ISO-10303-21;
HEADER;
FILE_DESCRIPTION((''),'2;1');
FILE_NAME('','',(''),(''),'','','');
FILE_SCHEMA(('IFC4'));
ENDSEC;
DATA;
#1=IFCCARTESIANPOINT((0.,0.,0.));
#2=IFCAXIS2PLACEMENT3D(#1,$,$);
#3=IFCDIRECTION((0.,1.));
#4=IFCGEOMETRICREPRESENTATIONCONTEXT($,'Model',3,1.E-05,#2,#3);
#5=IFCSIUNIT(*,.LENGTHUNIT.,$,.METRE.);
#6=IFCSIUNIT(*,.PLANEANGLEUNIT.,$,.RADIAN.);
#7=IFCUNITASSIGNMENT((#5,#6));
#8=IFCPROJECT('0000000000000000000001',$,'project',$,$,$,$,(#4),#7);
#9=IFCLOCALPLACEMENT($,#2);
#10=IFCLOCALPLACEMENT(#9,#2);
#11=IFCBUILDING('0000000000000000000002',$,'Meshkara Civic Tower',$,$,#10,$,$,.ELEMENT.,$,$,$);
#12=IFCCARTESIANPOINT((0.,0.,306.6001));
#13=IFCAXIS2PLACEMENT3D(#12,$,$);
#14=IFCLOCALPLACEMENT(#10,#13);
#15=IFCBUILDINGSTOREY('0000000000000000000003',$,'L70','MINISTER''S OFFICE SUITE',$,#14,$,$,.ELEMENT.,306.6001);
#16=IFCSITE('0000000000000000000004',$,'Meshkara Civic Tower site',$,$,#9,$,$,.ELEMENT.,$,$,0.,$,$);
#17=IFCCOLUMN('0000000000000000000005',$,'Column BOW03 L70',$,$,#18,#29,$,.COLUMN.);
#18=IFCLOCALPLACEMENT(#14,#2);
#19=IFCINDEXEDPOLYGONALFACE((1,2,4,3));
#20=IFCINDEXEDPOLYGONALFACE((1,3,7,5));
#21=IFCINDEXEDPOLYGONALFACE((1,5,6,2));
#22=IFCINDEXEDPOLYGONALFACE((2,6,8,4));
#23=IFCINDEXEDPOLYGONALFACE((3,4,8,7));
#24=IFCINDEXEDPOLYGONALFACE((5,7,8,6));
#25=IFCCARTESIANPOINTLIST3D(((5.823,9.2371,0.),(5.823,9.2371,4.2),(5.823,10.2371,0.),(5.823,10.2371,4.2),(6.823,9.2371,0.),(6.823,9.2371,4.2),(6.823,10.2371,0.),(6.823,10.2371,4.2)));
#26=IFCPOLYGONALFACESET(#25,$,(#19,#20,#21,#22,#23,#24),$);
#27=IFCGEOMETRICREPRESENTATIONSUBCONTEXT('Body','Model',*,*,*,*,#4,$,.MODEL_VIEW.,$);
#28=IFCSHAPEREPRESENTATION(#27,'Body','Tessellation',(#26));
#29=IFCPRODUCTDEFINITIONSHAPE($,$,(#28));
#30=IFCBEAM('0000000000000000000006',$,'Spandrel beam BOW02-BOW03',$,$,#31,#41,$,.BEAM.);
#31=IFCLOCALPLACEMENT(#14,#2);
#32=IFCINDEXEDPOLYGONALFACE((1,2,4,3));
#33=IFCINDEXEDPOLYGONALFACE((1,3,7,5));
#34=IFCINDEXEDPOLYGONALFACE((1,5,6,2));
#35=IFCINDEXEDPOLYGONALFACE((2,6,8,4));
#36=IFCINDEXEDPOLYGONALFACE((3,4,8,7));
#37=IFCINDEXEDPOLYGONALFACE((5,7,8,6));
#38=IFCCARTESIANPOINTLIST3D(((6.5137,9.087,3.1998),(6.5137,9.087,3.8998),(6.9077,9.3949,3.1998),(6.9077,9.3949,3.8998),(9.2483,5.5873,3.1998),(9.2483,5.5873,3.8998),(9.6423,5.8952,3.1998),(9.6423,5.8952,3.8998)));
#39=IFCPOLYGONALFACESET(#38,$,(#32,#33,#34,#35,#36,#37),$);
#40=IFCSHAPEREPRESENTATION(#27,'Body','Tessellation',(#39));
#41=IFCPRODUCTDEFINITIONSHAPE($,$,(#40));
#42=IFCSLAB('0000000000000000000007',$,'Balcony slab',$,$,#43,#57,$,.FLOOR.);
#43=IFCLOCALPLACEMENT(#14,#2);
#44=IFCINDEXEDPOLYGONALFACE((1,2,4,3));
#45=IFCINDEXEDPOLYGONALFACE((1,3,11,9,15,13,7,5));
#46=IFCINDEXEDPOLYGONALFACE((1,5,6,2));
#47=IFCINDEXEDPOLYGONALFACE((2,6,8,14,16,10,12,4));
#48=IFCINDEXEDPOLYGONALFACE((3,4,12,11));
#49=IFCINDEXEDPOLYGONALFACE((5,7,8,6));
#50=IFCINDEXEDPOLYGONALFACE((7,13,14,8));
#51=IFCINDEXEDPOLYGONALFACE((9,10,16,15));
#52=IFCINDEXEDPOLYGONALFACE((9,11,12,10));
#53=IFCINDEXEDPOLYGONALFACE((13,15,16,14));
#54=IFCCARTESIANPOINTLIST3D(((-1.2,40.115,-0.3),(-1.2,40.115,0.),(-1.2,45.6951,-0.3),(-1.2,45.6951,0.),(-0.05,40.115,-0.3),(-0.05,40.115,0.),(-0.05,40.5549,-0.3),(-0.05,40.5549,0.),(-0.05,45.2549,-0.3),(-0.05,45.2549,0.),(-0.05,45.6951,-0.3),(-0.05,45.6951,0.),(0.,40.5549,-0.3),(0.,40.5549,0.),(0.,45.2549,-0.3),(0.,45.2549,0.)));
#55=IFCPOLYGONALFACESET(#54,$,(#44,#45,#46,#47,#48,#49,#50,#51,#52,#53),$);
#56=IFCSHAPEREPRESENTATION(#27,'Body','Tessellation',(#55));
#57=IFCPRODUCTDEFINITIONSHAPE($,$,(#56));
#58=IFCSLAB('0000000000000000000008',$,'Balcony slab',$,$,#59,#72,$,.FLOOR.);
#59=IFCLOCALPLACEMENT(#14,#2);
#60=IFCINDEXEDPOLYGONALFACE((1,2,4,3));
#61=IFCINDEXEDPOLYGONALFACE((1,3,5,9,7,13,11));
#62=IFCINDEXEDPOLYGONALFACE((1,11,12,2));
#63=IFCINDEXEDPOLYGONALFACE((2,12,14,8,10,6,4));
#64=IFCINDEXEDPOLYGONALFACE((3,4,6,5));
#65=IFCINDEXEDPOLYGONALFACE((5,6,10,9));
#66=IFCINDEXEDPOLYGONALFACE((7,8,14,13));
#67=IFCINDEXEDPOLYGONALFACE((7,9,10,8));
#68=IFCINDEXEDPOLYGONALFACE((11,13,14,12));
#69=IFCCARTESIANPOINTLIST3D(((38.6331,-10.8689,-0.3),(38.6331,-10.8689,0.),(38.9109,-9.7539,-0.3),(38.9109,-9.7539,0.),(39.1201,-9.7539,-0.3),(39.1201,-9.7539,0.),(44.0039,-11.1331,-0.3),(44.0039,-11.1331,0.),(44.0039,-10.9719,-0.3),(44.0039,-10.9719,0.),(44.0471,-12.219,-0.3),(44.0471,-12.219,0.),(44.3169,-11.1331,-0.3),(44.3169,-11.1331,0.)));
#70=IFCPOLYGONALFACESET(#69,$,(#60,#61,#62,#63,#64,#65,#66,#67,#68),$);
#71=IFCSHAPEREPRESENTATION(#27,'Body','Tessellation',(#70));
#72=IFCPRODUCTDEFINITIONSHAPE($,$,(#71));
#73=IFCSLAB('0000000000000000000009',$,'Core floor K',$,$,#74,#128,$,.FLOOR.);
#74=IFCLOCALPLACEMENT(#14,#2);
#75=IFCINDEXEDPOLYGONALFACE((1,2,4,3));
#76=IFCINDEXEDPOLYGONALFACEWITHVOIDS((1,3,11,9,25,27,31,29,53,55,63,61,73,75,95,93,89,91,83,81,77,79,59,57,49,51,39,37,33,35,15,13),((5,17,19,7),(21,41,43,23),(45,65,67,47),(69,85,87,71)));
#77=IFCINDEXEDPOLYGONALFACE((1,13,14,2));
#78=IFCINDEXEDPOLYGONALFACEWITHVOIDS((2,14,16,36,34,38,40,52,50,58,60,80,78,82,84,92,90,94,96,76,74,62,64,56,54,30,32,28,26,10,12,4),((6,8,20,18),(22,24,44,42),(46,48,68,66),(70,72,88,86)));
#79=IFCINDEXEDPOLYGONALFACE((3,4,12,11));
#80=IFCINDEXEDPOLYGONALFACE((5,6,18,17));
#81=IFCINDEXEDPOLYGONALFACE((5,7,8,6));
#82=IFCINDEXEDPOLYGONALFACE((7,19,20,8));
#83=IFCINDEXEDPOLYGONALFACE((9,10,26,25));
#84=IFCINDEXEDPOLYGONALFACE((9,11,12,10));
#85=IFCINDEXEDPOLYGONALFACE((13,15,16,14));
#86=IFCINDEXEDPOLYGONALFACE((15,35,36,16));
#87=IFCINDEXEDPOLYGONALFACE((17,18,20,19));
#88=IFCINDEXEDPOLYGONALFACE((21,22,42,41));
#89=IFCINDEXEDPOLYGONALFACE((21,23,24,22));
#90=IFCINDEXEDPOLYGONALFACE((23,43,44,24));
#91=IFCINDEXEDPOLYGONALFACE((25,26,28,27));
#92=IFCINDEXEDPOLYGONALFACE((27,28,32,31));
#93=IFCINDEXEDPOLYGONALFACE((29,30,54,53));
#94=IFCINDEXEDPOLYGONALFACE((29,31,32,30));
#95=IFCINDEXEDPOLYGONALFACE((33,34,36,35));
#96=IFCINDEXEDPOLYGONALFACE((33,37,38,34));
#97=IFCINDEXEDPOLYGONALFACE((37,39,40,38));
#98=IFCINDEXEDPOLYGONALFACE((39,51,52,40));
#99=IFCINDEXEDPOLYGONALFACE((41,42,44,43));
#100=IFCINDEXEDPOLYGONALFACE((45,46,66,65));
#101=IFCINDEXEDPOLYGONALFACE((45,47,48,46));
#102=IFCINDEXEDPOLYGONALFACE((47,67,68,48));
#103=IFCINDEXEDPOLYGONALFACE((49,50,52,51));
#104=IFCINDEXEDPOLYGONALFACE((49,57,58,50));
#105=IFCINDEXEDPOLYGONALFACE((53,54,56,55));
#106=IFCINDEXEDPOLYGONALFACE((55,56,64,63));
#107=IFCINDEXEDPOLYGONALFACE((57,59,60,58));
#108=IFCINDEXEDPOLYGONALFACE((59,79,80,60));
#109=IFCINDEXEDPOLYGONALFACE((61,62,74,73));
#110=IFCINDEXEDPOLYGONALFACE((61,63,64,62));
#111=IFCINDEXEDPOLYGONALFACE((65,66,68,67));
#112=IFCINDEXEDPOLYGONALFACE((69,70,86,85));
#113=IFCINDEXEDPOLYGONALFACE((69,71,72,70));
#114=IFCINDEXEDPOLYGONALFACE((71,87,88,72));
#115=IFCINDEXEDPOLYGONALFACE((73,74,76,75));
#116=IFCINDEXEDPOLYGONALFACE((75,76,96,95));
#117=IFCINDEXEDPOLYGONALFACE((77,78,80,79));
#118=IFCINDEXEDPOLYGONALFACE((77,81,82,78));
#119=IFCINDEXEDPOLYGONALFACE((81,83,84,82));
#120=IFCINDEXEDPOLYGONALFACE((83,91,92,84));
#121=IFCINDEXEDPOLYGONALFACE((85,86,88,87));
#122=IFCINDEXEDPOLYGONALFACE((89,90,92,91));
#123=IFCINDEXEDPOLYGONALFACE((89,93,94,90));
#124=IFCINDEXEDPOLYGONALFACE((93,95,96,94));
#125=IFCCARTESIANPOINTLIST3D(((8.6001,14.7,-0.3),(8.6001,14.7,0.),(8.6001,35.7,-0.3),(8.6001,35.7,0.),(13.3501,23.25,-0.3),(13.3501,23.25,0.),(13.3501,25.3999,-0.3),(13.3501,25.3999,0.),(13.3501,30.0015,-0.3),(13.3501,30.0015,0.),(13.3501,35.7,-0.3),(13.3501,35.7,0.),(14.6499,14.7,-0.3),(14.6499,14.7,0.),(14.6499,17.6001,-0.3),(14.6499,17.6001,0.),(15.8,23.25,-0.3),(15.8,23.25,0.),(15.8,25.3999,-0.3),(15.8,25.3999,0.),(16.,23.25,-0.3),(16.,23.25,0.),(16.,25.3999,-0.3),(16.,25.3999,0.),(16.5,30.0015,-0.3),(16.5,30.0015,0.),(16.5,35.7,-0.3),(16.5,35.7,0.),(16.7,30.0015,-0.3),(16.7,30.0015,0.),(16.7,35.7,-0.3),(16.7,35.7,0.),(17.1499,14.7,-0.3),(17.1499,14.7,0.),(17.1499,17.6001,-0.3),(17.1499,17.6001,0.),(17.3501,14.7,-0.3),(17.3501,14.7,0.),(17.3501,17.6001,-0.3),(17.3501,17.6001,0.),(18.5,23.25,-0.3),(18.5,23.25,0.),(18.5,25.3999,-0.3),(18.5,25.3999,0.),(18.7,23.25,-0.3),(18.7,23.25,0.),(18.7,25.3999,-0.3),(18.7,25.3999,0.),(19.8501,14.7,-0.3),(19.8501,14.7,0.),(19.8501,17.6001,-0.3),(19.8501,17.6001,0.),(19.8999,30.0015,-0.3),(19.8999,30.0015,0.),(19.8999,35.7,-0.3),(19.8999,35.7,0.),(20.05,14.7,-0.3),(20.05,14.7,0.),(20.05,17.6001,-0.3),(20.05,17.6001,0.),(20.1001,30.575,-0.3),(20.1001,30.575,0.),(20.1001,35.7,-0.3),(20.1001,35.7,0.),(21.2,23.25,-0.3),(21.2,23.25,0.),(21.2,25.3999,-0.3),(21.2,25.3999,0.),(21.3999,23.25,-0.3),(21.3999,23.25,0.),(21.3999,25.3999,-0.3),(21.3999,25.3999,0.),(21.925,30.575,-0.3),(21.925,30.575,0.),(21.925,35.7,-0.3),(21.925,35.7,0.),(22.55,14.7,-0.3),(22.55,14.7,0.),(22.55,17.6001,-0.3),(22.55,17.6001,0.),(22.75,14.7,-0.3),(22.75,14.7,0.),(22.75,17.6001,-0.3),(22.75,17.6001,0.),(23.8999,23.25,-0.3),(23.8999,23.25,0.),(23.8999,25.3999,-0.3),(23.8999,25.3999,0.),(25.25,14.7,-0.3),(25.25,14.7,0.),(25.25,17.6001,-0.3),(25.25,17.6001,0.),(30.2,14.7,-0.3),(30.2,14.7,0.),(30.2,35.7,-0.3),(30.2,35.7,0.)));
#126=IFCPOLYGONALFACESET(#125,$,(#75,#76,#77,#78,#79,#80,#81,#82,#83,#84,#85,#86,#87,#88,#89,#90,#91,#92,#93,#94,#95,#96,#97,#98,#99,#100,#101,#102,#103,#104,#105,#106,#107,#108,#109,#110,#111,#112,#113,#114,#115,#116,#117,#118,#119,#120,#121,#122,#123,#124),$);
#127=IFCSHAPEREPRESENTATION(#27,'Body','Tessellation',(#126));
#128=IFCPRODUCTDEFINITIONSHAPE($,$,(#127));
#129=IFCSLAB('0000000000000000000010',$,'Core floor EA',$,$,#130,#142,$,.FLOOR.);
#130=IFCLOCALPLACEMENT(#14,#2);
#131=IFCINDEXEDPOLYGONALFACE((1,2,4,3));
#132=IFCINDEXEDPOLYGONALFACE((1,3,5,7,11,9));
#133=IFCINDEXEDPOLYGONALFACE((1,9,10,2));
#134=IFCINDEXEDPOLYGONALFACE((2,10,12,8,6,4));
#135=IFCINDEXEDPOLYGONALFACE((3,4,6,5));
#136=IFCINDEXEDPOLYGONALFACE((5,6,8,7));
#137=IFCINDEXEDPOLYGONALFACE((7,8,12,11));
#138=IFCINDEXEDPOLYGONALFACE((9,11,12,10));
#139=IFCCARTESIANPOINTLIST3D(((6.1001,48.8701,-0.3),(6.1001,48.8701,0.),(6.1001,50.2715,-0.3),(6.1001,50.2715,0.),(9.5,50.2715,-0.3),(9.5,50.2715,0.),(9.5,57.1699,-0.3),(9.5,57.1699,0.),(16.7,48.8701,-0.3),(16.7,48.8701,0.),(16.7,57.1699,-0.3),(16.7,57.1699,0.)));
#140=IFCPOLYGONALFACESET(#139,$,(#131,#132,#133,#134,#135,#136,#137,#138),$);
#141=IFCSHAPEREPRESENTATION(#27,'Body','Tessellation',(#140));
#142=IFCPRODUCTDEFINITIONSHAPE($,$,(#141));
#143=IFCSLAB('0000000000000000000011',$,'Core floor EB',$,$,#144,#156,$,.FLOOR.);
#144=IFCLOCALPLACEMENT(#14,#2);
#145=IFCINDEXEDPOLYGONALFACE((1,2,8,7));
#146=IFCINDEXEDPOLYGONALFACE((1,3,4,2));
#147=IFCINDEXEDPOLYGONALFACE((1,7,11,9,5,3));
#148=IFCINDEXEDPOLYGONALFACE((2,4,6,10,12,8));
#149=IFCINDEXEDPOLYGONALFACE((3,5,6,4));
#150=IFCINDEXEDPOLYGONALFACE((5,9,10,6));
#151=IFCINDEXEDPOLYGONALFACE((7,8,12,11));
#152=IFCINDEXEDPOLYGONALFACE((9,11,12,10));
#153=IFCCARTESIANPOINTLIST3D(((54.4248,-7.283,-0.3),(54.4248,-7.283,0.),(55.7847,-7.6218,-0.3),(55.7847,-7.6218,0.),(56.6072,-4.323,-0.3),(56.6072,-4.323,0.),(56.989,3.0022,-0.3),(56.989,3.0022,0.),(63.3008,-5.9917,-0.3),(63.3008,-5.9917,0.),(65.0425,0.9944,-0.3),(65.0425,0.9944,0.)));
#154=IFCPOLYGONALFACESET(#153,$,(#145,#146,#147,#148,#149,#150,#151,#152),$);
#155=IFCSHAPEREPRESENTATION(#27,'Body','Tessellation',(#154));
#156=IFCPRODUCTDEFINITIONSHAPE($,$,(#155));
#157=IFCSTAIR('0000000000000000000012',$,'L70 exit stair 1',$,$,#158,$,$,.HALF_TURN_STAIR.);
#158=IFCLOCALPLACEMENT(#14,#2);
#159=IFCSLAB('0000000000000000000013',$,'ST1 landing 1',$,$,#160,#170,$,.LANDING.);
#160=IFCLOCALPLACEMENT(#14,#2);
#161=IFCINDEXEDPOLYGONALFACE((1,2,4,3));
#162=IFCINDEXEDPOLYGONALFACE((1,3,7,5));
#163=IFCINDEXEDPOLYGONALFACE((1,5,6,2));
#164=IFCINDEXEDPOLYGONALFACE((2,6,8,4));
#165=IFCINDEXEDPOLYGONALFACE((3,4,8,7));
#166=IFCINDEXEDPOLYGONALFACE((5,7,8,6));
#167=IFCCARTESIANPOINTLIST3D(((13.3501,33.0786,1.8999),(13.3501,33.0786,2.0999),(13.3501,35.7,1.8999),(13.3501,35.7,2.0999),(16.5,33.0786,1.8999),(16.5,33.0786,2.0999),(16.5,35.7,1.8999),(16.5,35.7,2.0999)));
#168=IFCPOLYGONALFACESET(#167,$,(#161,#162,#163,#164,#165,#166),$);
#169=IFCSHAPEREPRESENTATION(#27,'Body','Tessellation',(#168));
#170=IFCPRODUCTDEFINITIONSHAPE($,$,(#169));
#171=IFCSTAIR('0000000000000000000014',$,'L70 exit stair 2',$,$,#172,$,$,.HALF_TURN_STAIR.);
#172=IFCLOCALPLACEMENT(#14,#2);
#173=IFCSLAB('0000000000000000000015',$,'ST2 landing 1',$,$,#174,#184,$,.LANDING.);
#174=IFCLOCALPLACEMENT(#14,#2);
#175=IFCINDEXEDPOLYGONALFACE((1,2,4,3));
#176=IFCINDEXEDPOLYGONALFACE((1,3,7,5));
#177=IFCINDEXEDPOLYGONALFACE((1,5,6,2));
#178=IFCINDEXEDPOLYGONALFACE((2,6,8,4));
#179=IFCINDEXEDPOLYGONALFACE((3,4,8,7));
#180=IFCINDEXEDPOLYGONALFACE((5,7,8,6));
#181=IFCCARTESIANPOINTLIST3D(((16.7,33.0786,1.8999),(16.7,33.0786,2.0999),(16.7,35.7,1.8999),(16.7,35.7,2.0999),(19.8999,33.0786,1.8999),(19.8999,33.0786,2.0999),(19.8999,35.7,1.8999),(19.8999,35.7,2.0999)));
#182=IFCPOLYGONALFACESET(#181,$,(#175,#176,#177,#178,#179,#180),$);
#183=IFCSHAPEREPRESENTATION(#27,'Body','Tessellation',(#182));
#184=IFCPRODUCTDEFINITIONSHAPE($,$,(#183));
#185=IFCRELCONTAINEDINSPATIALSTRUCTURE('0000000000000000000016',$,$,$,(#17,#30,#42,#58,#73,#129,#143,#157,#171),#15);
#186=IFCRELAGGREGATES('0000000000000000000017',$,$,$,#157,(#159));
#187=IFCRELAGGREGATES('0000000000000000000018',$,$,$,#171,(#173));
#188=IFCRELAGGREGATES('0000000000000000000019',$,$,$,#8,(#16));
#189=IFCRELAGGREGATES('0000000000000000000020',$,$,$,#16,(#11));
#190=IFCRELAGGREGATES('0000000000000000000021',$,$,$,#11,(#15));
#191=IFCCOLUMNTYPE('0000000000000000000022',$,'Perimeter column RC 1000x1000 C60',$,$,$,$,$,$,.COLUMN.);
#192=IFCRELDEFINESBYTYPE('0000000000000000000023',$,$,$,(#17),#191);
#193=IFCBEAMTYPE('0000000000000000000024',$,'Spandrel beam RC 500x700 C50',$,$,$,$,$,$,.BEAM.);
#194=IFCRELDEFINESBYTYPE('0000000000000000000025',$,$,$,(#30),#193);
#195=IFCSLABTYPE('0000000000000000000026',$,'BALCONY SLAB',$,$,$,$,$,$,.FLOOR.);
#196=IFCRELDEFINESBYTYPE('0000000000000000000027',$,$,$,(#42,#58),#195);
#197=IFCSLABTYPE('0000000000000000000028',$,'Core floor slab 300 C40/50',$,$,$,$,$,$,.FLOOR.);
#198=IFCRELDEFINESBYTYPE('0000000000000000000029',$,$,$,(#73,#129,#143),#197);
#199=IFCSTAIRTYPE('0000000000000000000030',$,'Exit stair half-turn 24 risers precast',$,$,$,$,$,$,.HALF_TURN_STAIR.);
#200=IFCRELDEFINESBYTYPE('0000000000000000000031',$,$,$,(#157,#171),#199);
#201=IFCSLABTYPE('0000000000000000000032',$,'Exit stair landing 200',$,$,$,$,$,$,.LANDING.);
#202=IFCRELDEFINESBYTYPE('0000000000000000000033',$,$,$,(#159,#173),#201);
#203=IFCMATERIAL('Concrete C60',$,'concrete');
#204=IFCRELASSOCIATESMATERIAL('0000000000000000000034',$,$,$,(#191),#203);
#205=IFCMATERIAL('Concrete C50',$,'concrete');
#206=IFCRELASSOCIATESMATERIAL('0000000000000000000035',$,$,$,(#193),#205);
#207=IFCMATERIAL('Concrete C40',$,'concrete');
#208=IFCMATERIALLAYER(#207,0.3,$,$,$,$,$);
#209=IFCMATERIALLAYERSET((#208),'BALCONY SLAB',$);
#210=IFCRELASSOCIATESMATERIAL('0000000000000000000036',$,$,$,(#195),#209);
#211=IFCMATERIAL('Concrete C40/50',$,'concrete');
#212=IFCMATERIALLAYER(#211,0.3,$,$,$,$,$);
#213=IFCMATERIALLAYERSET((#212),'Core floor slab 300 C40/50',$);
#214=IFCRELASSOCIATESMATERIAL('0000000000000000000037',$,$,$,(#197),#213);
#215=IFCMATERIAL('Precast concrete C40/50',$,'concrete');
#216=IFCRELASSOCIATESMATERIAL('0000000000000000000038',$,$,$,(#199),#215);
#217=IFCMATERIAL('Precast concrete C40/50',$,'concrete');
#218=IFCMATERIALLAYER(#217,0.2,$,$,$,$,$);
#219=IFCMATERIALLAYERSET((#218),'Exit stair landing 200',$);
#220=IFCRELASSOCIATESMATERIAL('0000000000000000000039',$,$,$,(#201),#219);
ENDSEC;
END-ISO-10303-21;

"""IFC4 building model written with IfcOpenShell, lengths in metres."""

from ifc_helpers import new_model, si_unit, direction, frame, origin, origin_2d, place, context, subcontext, project, spatial, polyline, rectangle, outline, extrude, material, layer, layer_set, material_profile, profile_set, type_object, element, aggregate, save


model = new_model("IFC4")

# Units and contexts
model_context = context("Model", 3, precision=1e-05, world=origin(), true_north=direction((0.0, 1.0)))
body_context = subcontext(model_context, "Body", "Model", "MODEL_VIEW")
ifc_project = project(units=[si_unit("LENGTHUNIT", "METRE"), si_unit("PLANEANGLEUNIT", "RADIAN")], contexts=[model_context])

# Site, building, storey
site_placement = place(None, origin())
site = spatial("IfcSite", under=ifc_project, at=site_placement, Name="Meshkara Civic Tower site", CompositionType="ELEMENT", RefElevation=0.0)
building_placement = place(site_placement, origin())
building = spatial("IfcBuilding", under=site, at=building_placement, Name="Meshkara Civic Tower", CompositionType="ELEMENT")
storey_placement = place(building_placement, frame((0.0, 0.0, 306.6001)))
storey = spatial("IfcBuildingStorey", under=building, at=storey_placement, Name="L70", Description="MINISTER'S OFFICE SUITE", CompositionType="ELEMENT", Elevation=306.6001)

# Column
ifc_material_1 = material(Name="Concrete C60", Category="concrete")
ifc_material_profile_1 = material_profile(ifc_material_1, rectangle(XDim=1.0, YDim=1.0, at=origin_2d()))
ifc_profile_set_1 = profile_set([ifc_material_profile_1], Name="Concrete C60")
column_type = type_object("IfcColumnType", Name="Perimeter column RC 1000x1000 C60", PredefinedType="COLUMN", material=ifc_profile_set_1)
column_placement = place(storey_placement, frame((6.323, 9.7371, 0.0), z_axis=(0.0, 0.0, 1.0), x_axis=(1.0, 0.0, 0.0)))
element("IfcColumn", 1, at=column_placement, inside=storey, type_object=column_type, Name="Column BOW03 L70", PredefinedType="COLUMN", context=body_context, shape_type="SweptSolid", body=[
    extrude(rectangle(XDim=1.0, YDim=1.0, at=origin_2d()), origin(), (0.0, 0.0, 1.0), 4.2),
])

# Beam
ifc_material_2 = material(Name="Concrete C50", Category="concrete")
ifc_material_profile_2 = material_profile(ifc_material_2, rectangle(XDim=0.5, YDim=0.7, at=origin_2d()))
ifc_profile_set_2 = profile_set([ifc_material_profile_2], Name="Concrete C50")
beam_type = type_object("IfcBeamType", Name="Spandrel beam RC 500x700 C50", PredefinedType="BEAM", material=ifc_profile_set_2)
beam_placement = place(storey_placement, frame((6.7107, 9.241, 3.5498), z_axis=(0.615705, -0.787977, 0.0), x_axis=(0.787977, 0.615705, 0.0)))
element("IfcBeam", 2, at=beam_placement, inside=storey, type_object=beam_type, Name="Spandrel beam BOW02-BOW03", PredefinedType="BEAM", context=body_context, shape_type="SweptSolid", body=[
    extrude(rectangle(XDim=0.5, YDim=0.7, at=origin_2d()), origin(), (0.0, 0.0, 1.0), 4.4414),
])

# Slabs
ifc_material_3 = material(Name="Concrete C40", Category="concrete")
ifc_layer_1 = layer(ifc_material_3, 0.3)
ifc_layer_set_1 = layer_set([ifc_layer_1], Name="BALCONY SLAB")
slab_type_1 = type_object("IfcSlabType", Name="BALCONY SLAB", PredefinedType="FLOOR", material=ifc_layer_set_1)
slab_1_placement = place(storey_placement, frame((0.0, 0.0, -0.3)))
element("IfcSlab", 3, at=slab_1_placement, inside=storey, type_object=slab_type_1, Name="Balcony slab", PredefinedType="FLOOR", context=body_context, shape_type="SweptSolid", body=[
    extrude(outline(polyline([(-1.2, 40.115), (-1.2, 45.6951), (-0.05, 45.6951), (-0.05, 45.2549), (0.0, 45.2549), (0.0, 40.5549), (-0.05, 40.5549), (-0.05, 40.115), (-1.2, 40.115)])), origin(), (0.0, 0.0, 1.0), 0.3),
])
slab_2_placement = place(storey_placement, frame((0.0, 0.0, -0.3)))
element("IfcSlab", 4, at=slab_2_placement, inside=storey, type_object=slab_type_1, Name="Balcony slab", PredefinedType="FLOOR", context=body_context, shape_type="SweptSolid", body=[
    extrude(outline(polyline([(44.0471, -12.219), (38.6331, -10.8689), (38.9109, -9.7539), (39.1201, -9.7539), (44.0039, -10.9719), (44.0039, -11.1331), (44.3169, -11.1331), (44.0471, -12.219)])), origin(), (0.0, 0.0, 1.0), 0.3),
])
ifc_material_4 = material(Name="Concrete C40/50", Category="concrete")
ifc_layer_2 = layer(ifc_material_4, 0.3)
ifc_layer_set_2 = layer_set([ifc_layer_2], Name="Core floor slab 300 C40/50")
slab_type_2 = type_object("IfcSlabType", Name="Core floor slab 300 C40/50", PredefinedType="FLOOR", material=ifc_layer_set_2)
slab_3_placement = place(storey_placement, frame((0.0, 0.0, -0.3)))
element("IfcSlab", 5, at=slab_3_placement, inside=storey, type_object=slab_type_2, Name="Core floor K", PredefinedType="FLOOR", context=body_context, shape_type="SweptSolid", body=[
    extrude(outline(polyline([(8.6001, 35.7), (13.3501, 35.7), (13.3501, 30.0015), (16.5, 30.0015), (16.5, 35.7), (16.7, 35.7), (16.7, 30.0015), (19.8999, 30.0015), (19.8999, 35.7), (20.1001, 35.7), (20.1001, 30.575), (21.925, 30.575), (21.925, 35.7), (30.2, 35.7), (30.2, 14.7), (25.25, 14.7), (25.25, 17.6001), (22.75, 17.6001), (22.75, 14.7), (22.55, 14.7), (22.55, 17.6001), (20.05, 17.6001), (20.05, 14.7), (19.8501, 14.7), (19.8501, 17.6001), (17.3501, 17.6001), (17.3501, 14.7), (17.1499, 14.7), (17.1499, 17.6001), (14.6499, 17.6001), (14.6499, 14.7), (8.6001, 14.7), (8.6001, 35.7)]), holes=[polyline([(13.3501, 23.25), (15.8, 23.25), (15.8, 25.3999), (13.3501, 25.3999), (13.3501, 23.25)]), polyline([(18.5, 23.25), (18.5, 25.3999), (16.0, 25.3999), (16.0, 23.25), (18.5, 23.25)]), polyline([(18.7, 23.25), (21.2, 23.25), (21.2, 25.3999), (18.7, 25.3999), (18.7, 23.25)]), polyline([(23.8999, 23.25), (23.8999, 25.3999), (21.3999, 25.3999), (21.3999, 23.25), (23.8999, 23.25)])]), origin(), (0.0, 0.0, 1.0), 0.3),
])
slab_4_placement = place(storey_placement, frame((0.0, 0.0, -0.3)))
element("IfcSlab", 6, at=slab_4_placement, inside=storey, type_object=slab_type_2, Name="Core floor EA", PredefinedType="FLOOR", context=body_context, shape_type="SweptSolid", body=[
    extrude(outline(polyline([(16.7, 48.8701), (16.7, 57.1699), (9.5, 57.1699), (9.5, 50.2715), (6.1001, 50.2715), (6.1001, 48.8701), (16.7, 48.8701)])), origin(), (0.0, 0.0, 1.0), 0.3),
])
slab_5_placement = place(storey_placement, frame((0.0, 0.0, -0.3)))
element("IfcSlab", 7, at=slab_5_placement, inside=storey, type_object=slab_type_2, Name="Core floor EB", PredefinedType="FLOOR", context=body_context, shape_type="SweptSolid", body=[
    extrude(outline(polyline([(56.989, 3.0022), (65.0425, 0.9944), (63.3008, -5.9917), (56.6072, -4.323), (55.7847, -7.6218), (54.4248, -7.283), (56.989, 3.0022)])), origin(), (0.0, 0.0, 1.0), 0.3),
])

# Stairs, slabs
ifc_material_5 = material(Name="Precast concrete C40/50", Category="concrete")
stair_type = type_object("IfcStairType", Name="Exit stair half-turn 24 risers precast", PredefinedType="HALF_TURN_STAIR", material=ifc_material_5)
stair_1_placement = place(storey_placement, origin())
stair_1 = element("IfcStair", 8, at=stair_1_placement, inside=storey, type_object=stair_type, Name="L70 exit stair 1", PredefinedType="HALF_TURN_STAIR")
ifc_material_6 = material(Name="Precast concrete C40/50", Category="concrete")
ifc_layer_3 = layer(ifc_material_6, 0.2)
ifc_layer_set_3 = layer_set([ifc_layer_3], Name="Exit stair landing 200")
slab_type_3 = type_object("IfcSlabType", Name="Exit stair landing 200", PredefinedType="LANDING", material=ifc_layer_set_3)
slab_6_placement = place(storey_placement, frame((0.0, 0.0, 1.8999)))
slab_6 = element("IfcSlab", 9, at=slab_6_placement, type_object=slab_type_3, Name="ST1 landing 1", PredefinedType="LANDING", context=body_context, shape_type="SweptSolid", body=[
    extrude(outline(polyline([(16.5, 33.0786), (16.5, 35.7), (13.3501, 35.7), (13.3501, 33.0786), (16.5, 33.0786)])), origin(), (0.0, 0.0, 1.0), 0.2),
])
aggregate(stair_1, [slab_6])
stair_2_placement = place(storey_placement, origin())
stair_2 = element("IfcStair", 10, at=stair_2_placement, inside=storey, type_object=stair_type, Name="L70 exit stair 2", PredefinedType="HALF_TURN_STAIR")
slab_7_placement = place(storey_placement, frame((0.0, 0.0, 1.8999)))
slab_7 = element("IfcSlab", 11, at=slab_7_placement, type_object=slab_type_3, Name="ST2 landing 1", PredefinedType="LANDING", context=body_context, shape_type="SweptSolid", body=[
    extrude(outline(polyline([(19.8999, 33.0786), (19.8999, 35.7), (16.7, 35.7), (16.7, 33.0786), (19.8999, 33.0786)])), origin(), (0.0, 0.0, 1.0), 0.2),
])
aggregate(stair_2, [slab_7])

save(model, "model.ifc")
